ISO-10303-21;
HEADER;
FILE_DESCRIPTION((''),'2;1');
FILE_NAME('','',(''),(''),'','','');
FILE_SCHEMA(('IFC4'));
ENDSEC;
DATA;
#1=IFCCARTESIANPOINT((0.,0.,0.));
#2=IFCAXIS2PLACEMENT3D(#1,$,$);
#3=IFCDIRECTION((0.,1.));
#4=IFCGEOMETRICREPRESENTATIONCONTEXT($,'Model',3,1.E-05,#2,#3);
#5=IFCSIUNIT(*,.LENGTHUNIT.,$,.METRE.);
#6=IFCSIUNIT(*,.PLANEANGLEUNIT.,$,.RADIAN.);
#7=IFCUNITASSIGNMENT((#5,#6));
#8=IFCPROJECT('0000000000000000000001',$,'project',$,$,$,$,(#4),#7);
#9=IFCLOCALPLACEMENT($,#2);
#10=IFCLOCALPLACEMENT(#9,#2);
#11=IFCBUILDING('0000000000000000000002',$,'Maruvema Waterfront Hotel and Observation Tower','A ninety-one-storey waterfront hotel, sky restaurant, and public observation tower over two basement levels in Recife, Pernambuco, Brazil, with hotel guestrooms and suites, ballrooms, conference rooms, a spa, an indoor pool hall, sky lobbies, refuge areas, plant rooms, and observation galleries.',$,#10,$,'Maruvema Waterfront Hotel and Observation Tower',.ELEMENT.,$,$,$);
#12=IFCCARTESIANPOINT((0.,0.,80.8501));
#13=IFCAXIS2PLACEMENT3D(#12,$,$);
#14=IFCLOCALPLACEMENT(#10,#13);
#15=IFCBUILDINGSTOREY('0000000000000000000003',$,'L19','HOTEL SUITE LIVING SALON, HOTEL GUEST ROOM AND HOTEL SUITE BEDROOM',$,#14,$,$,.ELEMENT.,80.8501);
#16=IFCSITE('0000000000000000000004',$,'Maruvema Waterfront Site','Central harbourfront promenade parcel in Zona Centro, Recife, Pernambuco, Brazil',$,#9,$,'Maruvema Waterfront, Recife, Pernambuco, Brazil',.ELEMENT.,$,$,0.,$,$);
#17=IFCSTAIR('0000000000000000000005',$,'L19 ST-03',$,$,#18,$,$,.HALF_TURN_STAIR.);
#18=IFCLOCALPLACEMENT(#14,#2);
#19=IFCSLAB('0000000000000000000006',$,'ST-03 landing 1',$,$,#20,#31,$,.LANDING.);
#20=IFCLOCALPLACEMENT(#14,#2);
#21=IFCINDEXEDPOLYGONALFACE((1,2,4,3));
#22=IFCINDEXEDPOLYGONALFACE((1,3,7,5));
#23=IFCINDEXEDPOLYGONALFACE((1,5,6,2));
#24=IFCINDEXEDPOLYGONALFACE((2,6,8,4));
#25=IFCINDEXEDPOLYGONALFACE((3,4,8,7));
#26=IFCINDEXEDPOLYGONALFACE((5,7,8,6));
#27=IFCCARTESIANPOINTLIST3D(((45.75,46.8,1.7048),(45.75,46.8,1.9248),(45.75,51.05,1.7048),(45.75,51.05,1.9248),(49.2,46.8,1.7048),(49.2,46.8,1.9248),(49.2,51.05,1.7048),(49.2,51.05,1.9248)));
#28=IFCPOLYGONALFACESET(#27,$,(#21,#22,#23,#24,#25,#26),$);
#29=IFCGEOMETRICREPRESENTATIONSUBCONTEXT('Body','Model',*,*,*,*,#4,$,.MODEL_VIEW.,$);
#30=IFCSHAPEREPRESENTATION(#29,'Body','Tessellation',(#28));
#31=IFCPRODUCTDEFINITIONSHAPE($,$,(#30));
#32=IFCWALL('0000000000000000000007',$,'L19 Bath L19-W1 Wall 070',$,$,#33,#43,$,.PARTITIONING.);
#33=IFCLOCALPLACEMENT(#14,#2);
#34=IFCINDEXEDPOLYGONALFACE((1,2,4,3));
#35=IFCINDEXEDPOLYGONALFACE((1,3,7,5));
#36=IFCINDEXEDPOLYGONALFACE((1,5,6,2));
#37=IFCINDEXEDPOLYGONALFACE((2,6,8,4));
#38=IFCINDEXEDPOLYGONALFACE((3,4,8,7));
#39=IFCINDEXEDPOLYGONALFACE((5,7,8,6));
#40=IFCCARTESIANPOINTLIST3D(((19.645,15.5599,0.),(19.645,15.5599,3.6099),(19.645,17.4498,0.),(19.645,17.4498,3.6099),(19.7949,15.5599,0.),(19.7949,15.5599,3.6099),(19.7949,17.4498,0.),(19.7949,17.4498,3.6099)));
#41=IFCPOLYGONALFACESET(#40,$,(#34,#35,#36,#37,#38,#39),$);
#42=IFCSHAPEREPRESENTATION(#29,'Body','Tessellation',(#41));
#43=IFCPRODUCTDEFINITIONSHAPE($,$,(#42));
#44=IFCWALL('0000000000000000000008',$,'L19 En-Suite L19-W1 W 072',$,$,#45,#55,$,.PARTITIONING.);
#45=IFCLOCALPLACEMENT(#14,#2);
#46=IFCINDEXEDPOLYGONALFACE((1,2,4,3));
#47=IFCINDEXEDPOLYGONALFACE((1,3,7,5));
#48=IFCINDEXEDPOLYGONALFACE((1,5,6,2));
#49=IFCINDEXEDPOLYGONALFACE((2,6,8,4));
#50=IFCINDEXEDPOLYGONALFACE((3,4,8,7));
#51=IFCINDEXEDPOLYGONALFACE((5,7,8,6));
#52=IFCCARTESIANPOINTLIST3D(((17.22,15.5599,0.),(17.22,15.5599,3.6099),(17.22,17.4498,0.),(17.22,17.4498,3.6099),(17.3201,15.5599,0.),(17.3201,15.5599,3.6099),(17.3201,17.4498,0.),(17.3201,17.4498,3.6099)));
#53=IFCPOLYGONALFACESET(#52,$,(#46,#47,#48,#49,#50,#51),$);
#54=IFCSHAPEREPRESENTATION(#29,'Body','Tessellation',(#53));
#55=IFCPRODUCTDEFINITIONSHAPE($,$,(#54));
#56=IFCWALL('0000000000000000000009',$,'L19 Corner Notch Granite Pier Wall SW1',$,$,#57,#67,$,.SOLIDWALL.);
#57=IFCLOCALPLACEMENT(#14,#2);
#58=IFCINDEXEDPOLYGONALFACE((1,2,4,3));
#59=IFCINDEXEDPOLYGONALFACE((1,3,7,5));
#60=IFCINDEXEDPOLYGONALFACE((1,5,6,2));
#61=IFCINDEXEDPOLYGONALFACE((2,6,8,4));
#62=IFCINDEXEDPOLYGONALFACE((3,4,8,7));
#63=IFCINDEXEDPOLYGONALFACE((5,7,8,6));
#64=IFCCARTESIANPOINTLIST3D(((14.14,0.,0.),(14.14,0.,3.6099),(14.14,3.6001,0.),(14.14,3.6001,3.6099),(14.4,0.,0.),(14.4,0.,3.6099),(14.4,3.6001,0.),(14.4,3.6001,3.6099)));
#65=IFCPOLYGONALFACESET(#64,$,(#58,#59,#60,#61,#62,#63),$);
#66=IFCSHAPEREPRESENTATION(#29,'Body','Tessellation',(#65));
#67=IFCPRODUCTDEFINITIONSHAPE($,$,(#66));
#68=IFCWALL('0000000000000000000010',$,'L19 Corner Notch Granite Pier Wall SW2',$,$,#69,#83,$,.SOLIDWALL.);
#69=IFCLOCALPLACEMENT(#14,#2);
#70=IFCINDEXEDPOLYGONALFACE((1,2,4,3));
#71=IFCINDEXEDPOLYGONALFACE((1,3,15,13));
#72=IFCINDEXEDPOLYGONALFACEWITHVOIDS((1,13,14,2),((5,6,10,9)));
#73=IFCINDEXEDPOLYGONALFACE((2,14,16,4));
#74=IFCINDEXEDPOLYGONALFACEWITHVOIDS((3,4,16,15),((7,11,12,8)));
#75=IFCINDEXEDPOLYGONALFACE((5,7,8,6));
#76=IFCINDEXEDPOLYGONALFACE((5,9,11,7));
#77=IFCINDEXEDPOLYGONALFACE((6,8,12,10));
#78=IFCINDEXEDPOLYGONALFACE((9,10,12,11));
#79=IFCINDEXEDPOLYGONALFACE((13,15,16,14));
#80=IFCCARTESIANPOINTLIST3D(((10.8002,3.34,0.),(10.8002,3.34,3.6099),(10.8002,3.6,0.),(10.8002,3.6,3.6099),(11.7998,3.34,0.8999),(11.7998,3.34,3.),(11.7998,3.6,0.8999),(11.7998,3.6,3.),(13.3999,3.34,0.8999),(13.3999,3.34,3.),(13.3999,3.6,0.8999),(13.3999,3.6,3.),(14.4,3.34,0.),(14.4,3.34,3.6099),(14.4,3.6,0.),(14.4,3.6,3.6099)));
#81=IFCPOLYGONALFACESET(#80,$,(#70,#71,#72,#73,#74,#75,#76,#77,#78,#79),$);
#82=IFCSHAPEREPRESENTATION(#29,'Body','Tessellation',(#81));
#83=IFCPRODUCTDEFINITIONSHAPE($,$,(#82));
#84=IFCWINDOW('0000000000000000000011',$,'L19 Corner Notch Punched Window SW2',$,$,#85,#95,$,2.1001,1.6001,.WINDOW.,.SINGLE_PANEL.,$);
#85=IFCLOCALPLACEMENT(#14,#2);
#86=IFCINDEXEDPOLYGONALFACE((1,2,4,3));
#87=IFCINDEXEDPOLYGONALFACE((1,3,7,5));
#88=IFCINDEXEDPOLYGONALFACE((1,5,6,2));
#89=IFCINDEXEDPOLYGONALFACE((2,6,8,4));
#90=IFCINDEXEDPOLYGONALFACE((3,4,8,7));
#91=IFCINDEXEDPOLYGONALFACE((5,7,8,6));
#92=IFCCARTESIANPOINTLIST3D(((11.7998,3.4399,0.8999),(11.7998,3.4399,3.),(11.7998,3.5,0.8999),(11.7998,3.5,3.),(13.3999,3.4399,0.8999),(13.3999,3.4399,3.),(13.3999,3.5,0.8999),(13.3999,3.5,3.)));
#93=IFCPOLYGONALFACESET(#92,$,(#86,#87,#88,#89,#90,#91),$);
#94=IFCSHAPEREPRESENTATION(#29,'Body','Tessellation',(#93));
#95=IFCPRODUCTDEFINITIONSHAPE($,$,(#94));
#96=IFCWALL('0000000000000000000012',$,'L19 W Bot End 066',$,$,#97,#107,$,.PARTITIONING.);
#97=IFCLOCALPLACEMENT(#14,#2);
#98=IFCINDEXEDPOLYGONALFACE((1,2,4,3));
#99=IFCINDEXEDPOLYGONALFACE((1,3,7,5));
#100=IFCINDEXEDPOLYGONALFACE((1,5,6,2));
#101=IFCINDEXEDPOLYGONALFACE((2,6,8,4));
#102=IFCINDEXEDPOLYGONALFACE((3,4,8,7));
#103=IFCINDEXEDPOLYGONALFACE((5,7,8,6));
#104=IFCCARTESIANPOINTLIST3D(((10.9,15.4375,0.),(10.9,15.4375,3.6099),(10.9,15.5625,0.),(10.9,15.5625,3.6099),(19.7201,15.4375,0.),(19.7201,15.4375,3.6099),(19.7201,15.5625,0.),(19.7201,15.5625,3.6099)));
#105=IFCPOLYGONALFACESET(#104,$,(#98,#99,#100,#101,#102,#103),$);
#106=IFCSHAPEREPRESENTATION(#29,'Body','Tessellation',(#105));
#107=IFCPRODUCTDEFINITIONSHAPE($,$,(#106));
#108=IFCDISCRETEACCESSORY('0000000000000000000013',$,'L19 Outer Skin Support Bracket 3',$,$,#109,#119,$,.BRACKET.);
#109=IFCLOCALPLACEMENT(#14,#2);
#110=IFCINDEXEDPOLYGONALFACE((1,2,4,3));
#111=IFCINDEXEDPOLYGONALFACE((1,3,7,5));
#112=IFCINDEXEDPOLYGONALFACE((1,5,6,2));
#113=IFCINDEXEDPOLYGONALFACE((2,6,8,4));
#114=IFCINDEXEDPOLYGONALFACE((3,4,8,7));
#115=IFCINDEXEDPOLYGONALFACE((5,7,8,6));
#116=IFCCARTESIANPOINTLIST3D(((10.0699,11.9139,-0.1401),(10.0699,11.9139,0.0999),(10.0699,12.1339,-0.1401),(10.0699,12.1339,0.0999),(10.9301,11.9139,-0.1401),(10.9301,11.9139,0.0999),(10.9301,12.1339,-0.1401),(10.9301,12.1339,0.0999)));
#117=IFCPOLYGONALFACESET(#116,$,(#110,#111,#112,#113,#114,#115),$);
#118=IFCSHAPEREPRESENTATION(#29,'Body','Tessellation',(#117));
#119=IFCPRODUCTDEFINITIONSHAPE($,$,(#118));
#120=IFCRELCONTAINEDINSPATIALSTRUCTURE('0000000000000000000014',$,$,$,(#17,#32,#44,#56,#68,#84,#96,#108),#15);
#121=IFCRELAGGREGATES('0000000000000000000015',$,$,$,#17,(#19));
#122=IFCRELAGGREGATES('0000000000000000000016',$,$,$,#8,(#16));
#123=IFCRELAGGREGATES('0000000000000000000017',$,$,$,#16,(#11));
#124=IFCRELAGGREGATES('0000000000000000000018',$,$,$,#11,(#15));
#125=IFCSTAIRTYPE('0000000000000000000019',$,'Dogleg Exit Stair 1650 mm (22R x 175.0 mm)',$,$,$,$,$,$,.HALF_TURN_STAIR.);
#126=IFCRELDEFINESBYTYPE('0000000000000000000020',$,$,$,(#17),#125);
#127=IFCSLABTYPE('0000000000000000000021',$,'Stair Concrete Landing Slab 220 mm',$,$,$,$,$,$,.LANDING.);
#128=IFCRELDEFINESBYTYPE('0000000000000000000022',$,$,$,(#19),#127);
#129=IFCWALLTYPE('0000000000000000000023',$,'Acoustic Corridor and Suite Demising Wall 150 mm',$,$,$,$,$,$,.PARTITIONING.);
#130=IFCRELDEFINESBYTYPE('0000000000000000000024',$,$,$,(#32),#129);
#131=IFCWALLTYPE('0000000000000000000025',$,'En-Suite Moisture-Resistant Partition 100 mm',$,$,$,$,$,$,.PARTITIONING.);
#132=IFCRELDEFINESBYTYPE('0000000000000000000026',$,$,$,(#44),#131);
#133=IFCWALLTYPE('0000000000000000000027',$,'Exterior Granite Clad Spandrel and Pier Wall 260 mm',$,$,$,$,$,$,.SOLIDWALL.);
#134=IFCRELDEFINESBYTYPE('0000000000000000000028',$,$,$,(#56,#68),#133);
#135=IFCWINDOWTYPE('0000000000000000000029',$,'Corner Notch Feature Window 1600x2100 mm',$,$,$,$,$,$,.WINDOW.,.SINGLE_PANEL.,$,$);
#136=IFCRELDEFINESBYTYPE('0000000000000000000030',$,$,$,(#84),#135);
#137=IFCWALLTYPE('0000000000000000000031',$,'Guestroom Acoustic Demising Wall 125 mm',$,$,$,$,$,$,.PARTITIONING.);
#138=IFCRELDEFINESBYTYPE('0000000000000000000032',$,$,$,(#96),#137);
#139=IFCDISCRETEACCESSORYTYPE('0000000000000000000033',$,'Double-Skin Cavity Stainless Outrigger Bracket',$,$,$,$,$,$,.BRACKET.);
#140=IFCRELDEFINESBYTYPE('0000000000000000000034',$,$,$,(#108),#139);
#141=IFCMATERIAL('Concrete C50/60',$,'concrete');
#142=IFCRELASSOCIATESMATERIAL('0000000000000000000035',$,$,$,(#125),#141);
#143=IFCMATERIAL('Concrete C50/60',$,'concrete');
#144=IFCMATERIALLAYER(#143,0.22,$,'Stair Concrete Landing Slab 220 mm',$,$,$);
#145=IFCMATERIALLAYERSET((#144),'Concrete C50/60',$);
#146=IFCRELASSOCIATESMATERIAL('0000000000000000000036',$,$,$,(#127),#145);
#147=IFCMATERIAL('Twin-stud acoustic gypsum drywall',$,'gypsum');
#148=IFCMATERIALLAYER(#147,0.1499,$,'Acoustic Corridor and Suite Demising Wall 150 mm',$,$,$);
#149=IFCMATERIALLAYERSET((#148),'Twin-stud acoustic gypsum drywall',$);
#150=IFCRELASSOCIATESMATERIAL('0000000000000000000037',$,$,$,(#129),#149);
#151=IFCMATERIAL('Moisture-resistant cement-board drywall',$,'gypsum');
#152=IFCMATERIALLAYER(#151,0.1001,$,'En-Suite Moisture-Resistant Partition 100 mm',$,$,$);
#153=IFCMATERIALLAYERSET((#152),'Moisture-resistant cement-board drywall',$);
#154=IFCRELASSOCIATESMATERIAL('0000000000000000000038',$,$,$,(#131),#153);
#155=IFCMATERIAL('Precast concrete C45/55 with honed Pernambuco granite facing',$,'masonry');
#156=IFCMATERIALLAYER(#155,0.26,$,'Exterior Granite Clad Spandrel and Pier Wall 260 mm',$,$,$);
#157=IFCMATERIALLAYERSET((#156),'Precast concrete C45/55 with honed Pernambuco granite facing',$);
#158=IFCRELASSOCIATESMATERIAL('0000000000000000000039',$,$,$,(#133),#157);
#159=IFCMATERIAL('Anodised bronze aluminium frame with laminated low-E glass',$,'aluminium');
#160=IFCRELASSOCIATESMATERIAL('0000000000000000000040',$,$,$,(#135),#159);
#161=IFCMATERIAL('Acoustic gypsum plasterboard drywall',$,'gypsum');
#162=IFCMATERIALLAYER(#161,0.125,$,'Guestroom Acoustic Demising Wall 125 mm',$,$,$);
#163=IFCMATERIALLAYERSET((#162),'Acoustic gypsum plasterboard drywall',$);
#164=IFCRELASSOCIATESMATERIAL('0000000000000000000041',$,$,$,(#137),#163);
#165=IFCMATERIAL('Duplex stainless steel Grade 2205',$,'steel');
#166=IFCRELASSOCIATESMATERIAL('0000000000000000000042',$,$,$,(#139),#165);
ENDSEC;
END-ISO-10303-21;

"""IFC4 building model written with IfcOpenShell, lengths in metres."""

from ifc_helpers import new_model, si_unit, direction, frame, frame_2d, origin, origin_2d, place, context, subcontext, project, spatial, polyline, rectangle, outline, extrude, material, layer, layer_set, type_object, element, fill, aggregate, save


model = new_model("IFC4")

# Units and contexts
model_context = context("Model", 3, precision=1e-05, world=origin(), true_north=direction((0.0, 1.0)))
body_context = subcontext(model_context, "Body", "Model", "MODEL_VIEW")
ifc_project = project(units=[si_unit("LENGTHUNIT", "METRE"), si_unit("PLANEANGLEUNIT", "RADIAN")], contexts=[model_context])

# Site, building, storey
site_placement = place(None, origin())
site = spatial("IfcSite", under=ifc_project, at=site_placement, Name="Maruvema Waterfront Site", Description="Central harbourfront promenade parcel in Zona Centro, Recife, Pernambuco, Brazil", LongName="Maruvema Waterfront, Recife, Pernambuco, Brazil", CompositionType="ELEMENT", RefElevation=0.0)
building_placement = place(site_placement, origin())
building = spatial("IfcBuilding", under=site, at=building_placement, Name="Maruvema Waterfront Hotel and Observation Tower", Description="A ninety-one-storey waterfront hotel, sky restaurant, and public observation tower over two basement levels in Recife, Pernambuco, Brazil, with hotel guestrooms and suites, ballrooms, conference rooms, a spa, an indoor pool hall, sky lobbies, refuge areas, plant rooms, and observation galleries.", LongName="Maruvema Waterfront Hotel and Observation Tower", CompositionType="ELEMENT")
storey_placement = place(building_placement, frame((0.0, 0.0, 80.8501)))
storey = spatial("IfcBuildingStorey", under=building, at=storey_placement, Name="L19", Description="HOTEL SUITE LIVING SALON, HOTEL GUEST ROOM AND HOTEL SUITE BEDROOM", CompositionType="ELEMENT", Elevation=80.8501)

# Stair, slab
ifc_material_1 = material(Name="Concrete C50/60", Category="concrete")
stair_type = type_object("IfcStairType", Name="Dogleg Exit Stair 1650 mm (22R x 175.0 mm)", PredefinedType="HALF_TURN_STAIR", material=ifc_material_1)
ifc_material_2 = material(Name="Concrete C50/60", Category="concrete")
ifc_layer_1 = layer(ifc_material_2, 0.22, Name="Stair Concrete Landing Slab 220 mm")
ifc_layer_set_1 = layer_set([ifc_layer_1], Name="Concrete C50/60")
slab_type_1 = type_object("IfcSlabType", Name="Stair Concrete Landing Slab 220 mm", PredefinedType="LANDING", material=ifc_layer_set_1)
stair_1_placement = place(storey_placement, origin())
stair_1 = element("IfcStair", 1, at=stair_1_placement, inside=storey, type_object=stair_type, Name="L19 ST-03", PredefinedType="HALF_TURN_STAIR")
slab_1_placement = place(storey_placement, frame((0.0, 0.0, 1.7048)))
slab_1 = element("IfcSlab", 2, at=slab_1_placement, type_object=slab_type_1, Name="ST-03 landing 1", PredefinedType="LANDING", context=body_context, shape_type="SweptSolid", body=[
    extrude(outline(polyline([(49.2, 46.8), (49.2, 51.05), (45.75, 51.05), (45.75, 46.8), (49.2, 46.8)])), origin(), (0.0, 0.0, 1.0), 0.22),
])
aggregate(stair_1, [slab_1])

# Walls
ifc_material_3 = material(Name="Twin-stud acoustic gypsum drywall", Category="gypsum")
ifc_layer_2 = layer(ifc_material_3, 0.1499, Name="Acoustic Corridor and Suite Demising Wall 150 mm")
ifc_layer_set_2 = layer_set([ifc_layer_2], Name="Twin-stud acoustic gypsum drywall")
wall_type_1 = type_object("IfcWallType", Name="Acoustic Corridor and Suite Demising Wall 150 mm", PredefinedType="PARTITIONING", material=ifc_layer_set_2)
wall_1_placement = place(storey_placement, frame((19.72, 15.5601, 0.0), z_axis=(0.0, 0.0, 1.0), x_axis=(0.0, 1.0, 0.0)))
element("IfcWall", 3, at=wall_1_placement, inside=storey, type_object=wall_type_1, Name="L19 Bath L19-W1 Wall 070", PredefinedType="PARTITIONING", context=body_context, shape_type="SweptSolid", body=[
    extrude(rectangle(XDim=1.8899, YDim=0.1499, at=frame_2d((0.9448, 0.0))), origin(), (0.0, 0.0, 1.0), 3.6099),
])
ifc_material_4 = material(Name="Moisture-resistant cement-board drywall", Category="gypsum")
ifc_layer_3 = layer(ifc_material_4, 0.1001, Name="En-Suite Moisture-Resistant Partition 100 mm")
ifc_layer_set_3 = layer_set([ifc_layer_3], Name="Moisture-resistant cement-board drywall")
wall_type_2 = type_object("IfcWallType", Name="En-Suite Moisture-Resistant Partition 100 mm", PredefinedType="PARTITIONING", material=ifc_layer_set_3)
wall_2_placement = place(storey_placement, frame((17.27, 15.5601, 0.0), z_axis=(0.0, 0.0, 1.0), x_axis=(0.0, 1.0, 0.0)))
element("IfcWall", 4, at=wall_2_placement, inside=storey, type_object=wall_type_2, Name="L19 En-Suite L19-W1 W 072", PredefinedType="PARTITIONING", context=body_context, shape_type="SweptSolid", body=[
    extrude(rectangle(XDim=1.8899, YDim=0.1001, at=frame_2d((0.9448, 0.0))), origin(), (0.0, 0.0, 1.0), 3.6099),
])
ifc_material_5 = material(Name="Precast concrete C45/55 with honed Pernambuco granite facing", Category="masonry")
ifc_layer_4 = layer(ifc_material_5, 0.26, Name="Exterior Granite Clad Spandrel and Pier Wall 260 mm")
ifc_layer_set_4 = layer_set([ifc_layer_4], Name="Precast concrete C45/55 with honed Pernambuco granite facing")
wall_type_3 = type_object("IfcWallType", Name="Exterior Granite Clad Spandrel and Pier Wall 260 mm", PredefinedType="SOLIDWALL", material=ifc_layer_set_4)
wall_3_placement = place(storey_placement, frame((14.27, 0.0, 0.0), z_axis=(0.0, 0.0, 1.0), x_axis=(0.0, 1.0, 0.0)))
element("IfcWall", 5, at=wall_3_placement, inside=storey, type_object=wall_type_3, Name="L19 Corner Notch Granite Pier Wall SW1", PredefinedType="SOLIDWALL", context=body_context, shape_type="SweptSolid", body=[
    extrude(rectangle(XDim=3.6001, YDim=0.26, at=frame_2d((1.8, 0.0))), origin(), (0.0, 0.0, 1.0), 3.6099),
])

# Wall, opening, window
wall_4_placement = place(storey_placement, frame((14.3999, 3.47, 0.0), z_axis=(0.0, 0.0, 1.0), x_axis=(-1.0, 0.0, 0.0)))
wall_4 = element("IfcWall", 6, at=wall_4_placement, inside=storey, type_object=wall_type_3, Name="L19 Corner Notch Granite Pier Wall SW2", PredefinedType="SOLIDWALL", context=body_context, shape_type="SweptSolid", body=[
    extrude(rectangle(XDim=3.5999, YDim=0.26, at=frame_2d((1.7998, 0.0))), origin(), (0.0, 0.0, 1.0), 3.6099),
])
opening_placement = place(wall_4_placement, frame((1.0, 0.0, 0.8999)))
opening = element("IfcOpeningElement", 7, at=opening_placement, cuts=wall_4, PredefinedType="OPENING", context=body_context, shape_type="SweptSolid", body=[
    extrude(rectangle(XDim=1.6001, YDim=2.1001, at=frame_2d((0.8, 1.05))), frame((0.0, 0.1401, 0.0), z_axis=(0.0, -1.0, 0.0), x_axis=(1.0, 0.0, 0.0)), (0.0, 0.0, 1.0), 0.28),
])
ifc_material_6 = material(Name="Anodised bronze aluminium frame with laminated low-E glass", Category="aluminium")
window_type = type_object("IfcWindowType", Name="Corner Notch Feature Window 1600x2100 mm", PartitioningType="SINGLE_PANEL", PredefinedType="WINDOW", material=ifc_material_6)
window_placement = place(opening_placement, origin())
window = element("IfcWindow", 8, at=window_placement, inside=storey, type_object=window_type, Name="L19 Corner Notch Punched Window SW2", OverallHeight=2.1001, OverallWidth=1.6001, PartitioningType="SINGLE_PANEL", PredefinedType="WINDOW", context=body_context, shape_type="SweptSolid", body=[
    extrude(rectangle(XDim=1.6001, YDim=2.1001, at=frame_2d((0.8, 1.05))), frame((0.0, 0.03, 0.0), z_axis=(0.0, -1.0, 0.0), x_axis=(1.0, 0.0, 0.0)), (0.0, 0.0, 1.0), 0.0601),
])
fill(opening, window)

# Wall
ifc_material_7 = material(Name="Acoustic gypsum plasterboard drywall", Category="gypsum")
ifc_layer_5 = layer(ifc_material_7, 0.125, Name="Guestroom Acoustic Demising Wall 125 mm")
ifc_layer_set_5 = layer_set([ifc_layer_5], Name="Acoustic gypsum plasterboard drywall")
wall_type_4 = type_object("IfcWallType", Name="Guestroom Acoustic Demising Wall 125 mm", PredefinedType="PARTITIONING", material=ifc_layer_set_5)
wall_5_placement = place(storey_placement, frame((10.8999, 15.5, 0.0), z_axis=(0.0, 0.0, 1.0), x_axis=(1.0, 0.0, 0.0)))
element("IfcWall", 9, at=wall_5_placement, inside=storey, type_object=wall_type_4, Name="L19 W Bot End 066", PredefinedType="PARTITIONING", context=body_context, shape_type="SweptSolid", body=[
    extrude(rectangle(XDim=8.8201, YDim=0.125, at=frame_2d((4.4102, 0.0))), origin(), (0.0, 0.0, 1.0), 3.6099),
])

# Discrete accessory
ifc_material_8 = material(Name="Duplex stainless steel Grade 2205", Category="steel")
discrete_accessory_type = type_object("IfcDiscreteAccessoryType", Name="Double-Skin Cavity Stainless Outrigger Bracket", PredefinedType="BRACKET", material=ifc_material_8)
discrete_accessory_placement = place(storey_placement, frame((10.5, 12.0239, -0.1401), z_axis=(0.0, 0.0, 1.0), x_axis=(0.0, -1.0, 0.0)))
element("IfcDiscreteAccessory", 10, at=discrete_accessory_placement, inside=storey, type_object=discrete_accessory_type, Name="L19 Outer Skin Support Bracket 3", PredefinedType="BRACKET", context=body_context, shape_type="SweptSolid", body=[
    extrude(rectangle(XDim=0.22, YDim=0.8601, at=origin_2d()), origin(), (0.0, 0.0, 1.0), 0.24),
])

save(model, "model.ifc")
